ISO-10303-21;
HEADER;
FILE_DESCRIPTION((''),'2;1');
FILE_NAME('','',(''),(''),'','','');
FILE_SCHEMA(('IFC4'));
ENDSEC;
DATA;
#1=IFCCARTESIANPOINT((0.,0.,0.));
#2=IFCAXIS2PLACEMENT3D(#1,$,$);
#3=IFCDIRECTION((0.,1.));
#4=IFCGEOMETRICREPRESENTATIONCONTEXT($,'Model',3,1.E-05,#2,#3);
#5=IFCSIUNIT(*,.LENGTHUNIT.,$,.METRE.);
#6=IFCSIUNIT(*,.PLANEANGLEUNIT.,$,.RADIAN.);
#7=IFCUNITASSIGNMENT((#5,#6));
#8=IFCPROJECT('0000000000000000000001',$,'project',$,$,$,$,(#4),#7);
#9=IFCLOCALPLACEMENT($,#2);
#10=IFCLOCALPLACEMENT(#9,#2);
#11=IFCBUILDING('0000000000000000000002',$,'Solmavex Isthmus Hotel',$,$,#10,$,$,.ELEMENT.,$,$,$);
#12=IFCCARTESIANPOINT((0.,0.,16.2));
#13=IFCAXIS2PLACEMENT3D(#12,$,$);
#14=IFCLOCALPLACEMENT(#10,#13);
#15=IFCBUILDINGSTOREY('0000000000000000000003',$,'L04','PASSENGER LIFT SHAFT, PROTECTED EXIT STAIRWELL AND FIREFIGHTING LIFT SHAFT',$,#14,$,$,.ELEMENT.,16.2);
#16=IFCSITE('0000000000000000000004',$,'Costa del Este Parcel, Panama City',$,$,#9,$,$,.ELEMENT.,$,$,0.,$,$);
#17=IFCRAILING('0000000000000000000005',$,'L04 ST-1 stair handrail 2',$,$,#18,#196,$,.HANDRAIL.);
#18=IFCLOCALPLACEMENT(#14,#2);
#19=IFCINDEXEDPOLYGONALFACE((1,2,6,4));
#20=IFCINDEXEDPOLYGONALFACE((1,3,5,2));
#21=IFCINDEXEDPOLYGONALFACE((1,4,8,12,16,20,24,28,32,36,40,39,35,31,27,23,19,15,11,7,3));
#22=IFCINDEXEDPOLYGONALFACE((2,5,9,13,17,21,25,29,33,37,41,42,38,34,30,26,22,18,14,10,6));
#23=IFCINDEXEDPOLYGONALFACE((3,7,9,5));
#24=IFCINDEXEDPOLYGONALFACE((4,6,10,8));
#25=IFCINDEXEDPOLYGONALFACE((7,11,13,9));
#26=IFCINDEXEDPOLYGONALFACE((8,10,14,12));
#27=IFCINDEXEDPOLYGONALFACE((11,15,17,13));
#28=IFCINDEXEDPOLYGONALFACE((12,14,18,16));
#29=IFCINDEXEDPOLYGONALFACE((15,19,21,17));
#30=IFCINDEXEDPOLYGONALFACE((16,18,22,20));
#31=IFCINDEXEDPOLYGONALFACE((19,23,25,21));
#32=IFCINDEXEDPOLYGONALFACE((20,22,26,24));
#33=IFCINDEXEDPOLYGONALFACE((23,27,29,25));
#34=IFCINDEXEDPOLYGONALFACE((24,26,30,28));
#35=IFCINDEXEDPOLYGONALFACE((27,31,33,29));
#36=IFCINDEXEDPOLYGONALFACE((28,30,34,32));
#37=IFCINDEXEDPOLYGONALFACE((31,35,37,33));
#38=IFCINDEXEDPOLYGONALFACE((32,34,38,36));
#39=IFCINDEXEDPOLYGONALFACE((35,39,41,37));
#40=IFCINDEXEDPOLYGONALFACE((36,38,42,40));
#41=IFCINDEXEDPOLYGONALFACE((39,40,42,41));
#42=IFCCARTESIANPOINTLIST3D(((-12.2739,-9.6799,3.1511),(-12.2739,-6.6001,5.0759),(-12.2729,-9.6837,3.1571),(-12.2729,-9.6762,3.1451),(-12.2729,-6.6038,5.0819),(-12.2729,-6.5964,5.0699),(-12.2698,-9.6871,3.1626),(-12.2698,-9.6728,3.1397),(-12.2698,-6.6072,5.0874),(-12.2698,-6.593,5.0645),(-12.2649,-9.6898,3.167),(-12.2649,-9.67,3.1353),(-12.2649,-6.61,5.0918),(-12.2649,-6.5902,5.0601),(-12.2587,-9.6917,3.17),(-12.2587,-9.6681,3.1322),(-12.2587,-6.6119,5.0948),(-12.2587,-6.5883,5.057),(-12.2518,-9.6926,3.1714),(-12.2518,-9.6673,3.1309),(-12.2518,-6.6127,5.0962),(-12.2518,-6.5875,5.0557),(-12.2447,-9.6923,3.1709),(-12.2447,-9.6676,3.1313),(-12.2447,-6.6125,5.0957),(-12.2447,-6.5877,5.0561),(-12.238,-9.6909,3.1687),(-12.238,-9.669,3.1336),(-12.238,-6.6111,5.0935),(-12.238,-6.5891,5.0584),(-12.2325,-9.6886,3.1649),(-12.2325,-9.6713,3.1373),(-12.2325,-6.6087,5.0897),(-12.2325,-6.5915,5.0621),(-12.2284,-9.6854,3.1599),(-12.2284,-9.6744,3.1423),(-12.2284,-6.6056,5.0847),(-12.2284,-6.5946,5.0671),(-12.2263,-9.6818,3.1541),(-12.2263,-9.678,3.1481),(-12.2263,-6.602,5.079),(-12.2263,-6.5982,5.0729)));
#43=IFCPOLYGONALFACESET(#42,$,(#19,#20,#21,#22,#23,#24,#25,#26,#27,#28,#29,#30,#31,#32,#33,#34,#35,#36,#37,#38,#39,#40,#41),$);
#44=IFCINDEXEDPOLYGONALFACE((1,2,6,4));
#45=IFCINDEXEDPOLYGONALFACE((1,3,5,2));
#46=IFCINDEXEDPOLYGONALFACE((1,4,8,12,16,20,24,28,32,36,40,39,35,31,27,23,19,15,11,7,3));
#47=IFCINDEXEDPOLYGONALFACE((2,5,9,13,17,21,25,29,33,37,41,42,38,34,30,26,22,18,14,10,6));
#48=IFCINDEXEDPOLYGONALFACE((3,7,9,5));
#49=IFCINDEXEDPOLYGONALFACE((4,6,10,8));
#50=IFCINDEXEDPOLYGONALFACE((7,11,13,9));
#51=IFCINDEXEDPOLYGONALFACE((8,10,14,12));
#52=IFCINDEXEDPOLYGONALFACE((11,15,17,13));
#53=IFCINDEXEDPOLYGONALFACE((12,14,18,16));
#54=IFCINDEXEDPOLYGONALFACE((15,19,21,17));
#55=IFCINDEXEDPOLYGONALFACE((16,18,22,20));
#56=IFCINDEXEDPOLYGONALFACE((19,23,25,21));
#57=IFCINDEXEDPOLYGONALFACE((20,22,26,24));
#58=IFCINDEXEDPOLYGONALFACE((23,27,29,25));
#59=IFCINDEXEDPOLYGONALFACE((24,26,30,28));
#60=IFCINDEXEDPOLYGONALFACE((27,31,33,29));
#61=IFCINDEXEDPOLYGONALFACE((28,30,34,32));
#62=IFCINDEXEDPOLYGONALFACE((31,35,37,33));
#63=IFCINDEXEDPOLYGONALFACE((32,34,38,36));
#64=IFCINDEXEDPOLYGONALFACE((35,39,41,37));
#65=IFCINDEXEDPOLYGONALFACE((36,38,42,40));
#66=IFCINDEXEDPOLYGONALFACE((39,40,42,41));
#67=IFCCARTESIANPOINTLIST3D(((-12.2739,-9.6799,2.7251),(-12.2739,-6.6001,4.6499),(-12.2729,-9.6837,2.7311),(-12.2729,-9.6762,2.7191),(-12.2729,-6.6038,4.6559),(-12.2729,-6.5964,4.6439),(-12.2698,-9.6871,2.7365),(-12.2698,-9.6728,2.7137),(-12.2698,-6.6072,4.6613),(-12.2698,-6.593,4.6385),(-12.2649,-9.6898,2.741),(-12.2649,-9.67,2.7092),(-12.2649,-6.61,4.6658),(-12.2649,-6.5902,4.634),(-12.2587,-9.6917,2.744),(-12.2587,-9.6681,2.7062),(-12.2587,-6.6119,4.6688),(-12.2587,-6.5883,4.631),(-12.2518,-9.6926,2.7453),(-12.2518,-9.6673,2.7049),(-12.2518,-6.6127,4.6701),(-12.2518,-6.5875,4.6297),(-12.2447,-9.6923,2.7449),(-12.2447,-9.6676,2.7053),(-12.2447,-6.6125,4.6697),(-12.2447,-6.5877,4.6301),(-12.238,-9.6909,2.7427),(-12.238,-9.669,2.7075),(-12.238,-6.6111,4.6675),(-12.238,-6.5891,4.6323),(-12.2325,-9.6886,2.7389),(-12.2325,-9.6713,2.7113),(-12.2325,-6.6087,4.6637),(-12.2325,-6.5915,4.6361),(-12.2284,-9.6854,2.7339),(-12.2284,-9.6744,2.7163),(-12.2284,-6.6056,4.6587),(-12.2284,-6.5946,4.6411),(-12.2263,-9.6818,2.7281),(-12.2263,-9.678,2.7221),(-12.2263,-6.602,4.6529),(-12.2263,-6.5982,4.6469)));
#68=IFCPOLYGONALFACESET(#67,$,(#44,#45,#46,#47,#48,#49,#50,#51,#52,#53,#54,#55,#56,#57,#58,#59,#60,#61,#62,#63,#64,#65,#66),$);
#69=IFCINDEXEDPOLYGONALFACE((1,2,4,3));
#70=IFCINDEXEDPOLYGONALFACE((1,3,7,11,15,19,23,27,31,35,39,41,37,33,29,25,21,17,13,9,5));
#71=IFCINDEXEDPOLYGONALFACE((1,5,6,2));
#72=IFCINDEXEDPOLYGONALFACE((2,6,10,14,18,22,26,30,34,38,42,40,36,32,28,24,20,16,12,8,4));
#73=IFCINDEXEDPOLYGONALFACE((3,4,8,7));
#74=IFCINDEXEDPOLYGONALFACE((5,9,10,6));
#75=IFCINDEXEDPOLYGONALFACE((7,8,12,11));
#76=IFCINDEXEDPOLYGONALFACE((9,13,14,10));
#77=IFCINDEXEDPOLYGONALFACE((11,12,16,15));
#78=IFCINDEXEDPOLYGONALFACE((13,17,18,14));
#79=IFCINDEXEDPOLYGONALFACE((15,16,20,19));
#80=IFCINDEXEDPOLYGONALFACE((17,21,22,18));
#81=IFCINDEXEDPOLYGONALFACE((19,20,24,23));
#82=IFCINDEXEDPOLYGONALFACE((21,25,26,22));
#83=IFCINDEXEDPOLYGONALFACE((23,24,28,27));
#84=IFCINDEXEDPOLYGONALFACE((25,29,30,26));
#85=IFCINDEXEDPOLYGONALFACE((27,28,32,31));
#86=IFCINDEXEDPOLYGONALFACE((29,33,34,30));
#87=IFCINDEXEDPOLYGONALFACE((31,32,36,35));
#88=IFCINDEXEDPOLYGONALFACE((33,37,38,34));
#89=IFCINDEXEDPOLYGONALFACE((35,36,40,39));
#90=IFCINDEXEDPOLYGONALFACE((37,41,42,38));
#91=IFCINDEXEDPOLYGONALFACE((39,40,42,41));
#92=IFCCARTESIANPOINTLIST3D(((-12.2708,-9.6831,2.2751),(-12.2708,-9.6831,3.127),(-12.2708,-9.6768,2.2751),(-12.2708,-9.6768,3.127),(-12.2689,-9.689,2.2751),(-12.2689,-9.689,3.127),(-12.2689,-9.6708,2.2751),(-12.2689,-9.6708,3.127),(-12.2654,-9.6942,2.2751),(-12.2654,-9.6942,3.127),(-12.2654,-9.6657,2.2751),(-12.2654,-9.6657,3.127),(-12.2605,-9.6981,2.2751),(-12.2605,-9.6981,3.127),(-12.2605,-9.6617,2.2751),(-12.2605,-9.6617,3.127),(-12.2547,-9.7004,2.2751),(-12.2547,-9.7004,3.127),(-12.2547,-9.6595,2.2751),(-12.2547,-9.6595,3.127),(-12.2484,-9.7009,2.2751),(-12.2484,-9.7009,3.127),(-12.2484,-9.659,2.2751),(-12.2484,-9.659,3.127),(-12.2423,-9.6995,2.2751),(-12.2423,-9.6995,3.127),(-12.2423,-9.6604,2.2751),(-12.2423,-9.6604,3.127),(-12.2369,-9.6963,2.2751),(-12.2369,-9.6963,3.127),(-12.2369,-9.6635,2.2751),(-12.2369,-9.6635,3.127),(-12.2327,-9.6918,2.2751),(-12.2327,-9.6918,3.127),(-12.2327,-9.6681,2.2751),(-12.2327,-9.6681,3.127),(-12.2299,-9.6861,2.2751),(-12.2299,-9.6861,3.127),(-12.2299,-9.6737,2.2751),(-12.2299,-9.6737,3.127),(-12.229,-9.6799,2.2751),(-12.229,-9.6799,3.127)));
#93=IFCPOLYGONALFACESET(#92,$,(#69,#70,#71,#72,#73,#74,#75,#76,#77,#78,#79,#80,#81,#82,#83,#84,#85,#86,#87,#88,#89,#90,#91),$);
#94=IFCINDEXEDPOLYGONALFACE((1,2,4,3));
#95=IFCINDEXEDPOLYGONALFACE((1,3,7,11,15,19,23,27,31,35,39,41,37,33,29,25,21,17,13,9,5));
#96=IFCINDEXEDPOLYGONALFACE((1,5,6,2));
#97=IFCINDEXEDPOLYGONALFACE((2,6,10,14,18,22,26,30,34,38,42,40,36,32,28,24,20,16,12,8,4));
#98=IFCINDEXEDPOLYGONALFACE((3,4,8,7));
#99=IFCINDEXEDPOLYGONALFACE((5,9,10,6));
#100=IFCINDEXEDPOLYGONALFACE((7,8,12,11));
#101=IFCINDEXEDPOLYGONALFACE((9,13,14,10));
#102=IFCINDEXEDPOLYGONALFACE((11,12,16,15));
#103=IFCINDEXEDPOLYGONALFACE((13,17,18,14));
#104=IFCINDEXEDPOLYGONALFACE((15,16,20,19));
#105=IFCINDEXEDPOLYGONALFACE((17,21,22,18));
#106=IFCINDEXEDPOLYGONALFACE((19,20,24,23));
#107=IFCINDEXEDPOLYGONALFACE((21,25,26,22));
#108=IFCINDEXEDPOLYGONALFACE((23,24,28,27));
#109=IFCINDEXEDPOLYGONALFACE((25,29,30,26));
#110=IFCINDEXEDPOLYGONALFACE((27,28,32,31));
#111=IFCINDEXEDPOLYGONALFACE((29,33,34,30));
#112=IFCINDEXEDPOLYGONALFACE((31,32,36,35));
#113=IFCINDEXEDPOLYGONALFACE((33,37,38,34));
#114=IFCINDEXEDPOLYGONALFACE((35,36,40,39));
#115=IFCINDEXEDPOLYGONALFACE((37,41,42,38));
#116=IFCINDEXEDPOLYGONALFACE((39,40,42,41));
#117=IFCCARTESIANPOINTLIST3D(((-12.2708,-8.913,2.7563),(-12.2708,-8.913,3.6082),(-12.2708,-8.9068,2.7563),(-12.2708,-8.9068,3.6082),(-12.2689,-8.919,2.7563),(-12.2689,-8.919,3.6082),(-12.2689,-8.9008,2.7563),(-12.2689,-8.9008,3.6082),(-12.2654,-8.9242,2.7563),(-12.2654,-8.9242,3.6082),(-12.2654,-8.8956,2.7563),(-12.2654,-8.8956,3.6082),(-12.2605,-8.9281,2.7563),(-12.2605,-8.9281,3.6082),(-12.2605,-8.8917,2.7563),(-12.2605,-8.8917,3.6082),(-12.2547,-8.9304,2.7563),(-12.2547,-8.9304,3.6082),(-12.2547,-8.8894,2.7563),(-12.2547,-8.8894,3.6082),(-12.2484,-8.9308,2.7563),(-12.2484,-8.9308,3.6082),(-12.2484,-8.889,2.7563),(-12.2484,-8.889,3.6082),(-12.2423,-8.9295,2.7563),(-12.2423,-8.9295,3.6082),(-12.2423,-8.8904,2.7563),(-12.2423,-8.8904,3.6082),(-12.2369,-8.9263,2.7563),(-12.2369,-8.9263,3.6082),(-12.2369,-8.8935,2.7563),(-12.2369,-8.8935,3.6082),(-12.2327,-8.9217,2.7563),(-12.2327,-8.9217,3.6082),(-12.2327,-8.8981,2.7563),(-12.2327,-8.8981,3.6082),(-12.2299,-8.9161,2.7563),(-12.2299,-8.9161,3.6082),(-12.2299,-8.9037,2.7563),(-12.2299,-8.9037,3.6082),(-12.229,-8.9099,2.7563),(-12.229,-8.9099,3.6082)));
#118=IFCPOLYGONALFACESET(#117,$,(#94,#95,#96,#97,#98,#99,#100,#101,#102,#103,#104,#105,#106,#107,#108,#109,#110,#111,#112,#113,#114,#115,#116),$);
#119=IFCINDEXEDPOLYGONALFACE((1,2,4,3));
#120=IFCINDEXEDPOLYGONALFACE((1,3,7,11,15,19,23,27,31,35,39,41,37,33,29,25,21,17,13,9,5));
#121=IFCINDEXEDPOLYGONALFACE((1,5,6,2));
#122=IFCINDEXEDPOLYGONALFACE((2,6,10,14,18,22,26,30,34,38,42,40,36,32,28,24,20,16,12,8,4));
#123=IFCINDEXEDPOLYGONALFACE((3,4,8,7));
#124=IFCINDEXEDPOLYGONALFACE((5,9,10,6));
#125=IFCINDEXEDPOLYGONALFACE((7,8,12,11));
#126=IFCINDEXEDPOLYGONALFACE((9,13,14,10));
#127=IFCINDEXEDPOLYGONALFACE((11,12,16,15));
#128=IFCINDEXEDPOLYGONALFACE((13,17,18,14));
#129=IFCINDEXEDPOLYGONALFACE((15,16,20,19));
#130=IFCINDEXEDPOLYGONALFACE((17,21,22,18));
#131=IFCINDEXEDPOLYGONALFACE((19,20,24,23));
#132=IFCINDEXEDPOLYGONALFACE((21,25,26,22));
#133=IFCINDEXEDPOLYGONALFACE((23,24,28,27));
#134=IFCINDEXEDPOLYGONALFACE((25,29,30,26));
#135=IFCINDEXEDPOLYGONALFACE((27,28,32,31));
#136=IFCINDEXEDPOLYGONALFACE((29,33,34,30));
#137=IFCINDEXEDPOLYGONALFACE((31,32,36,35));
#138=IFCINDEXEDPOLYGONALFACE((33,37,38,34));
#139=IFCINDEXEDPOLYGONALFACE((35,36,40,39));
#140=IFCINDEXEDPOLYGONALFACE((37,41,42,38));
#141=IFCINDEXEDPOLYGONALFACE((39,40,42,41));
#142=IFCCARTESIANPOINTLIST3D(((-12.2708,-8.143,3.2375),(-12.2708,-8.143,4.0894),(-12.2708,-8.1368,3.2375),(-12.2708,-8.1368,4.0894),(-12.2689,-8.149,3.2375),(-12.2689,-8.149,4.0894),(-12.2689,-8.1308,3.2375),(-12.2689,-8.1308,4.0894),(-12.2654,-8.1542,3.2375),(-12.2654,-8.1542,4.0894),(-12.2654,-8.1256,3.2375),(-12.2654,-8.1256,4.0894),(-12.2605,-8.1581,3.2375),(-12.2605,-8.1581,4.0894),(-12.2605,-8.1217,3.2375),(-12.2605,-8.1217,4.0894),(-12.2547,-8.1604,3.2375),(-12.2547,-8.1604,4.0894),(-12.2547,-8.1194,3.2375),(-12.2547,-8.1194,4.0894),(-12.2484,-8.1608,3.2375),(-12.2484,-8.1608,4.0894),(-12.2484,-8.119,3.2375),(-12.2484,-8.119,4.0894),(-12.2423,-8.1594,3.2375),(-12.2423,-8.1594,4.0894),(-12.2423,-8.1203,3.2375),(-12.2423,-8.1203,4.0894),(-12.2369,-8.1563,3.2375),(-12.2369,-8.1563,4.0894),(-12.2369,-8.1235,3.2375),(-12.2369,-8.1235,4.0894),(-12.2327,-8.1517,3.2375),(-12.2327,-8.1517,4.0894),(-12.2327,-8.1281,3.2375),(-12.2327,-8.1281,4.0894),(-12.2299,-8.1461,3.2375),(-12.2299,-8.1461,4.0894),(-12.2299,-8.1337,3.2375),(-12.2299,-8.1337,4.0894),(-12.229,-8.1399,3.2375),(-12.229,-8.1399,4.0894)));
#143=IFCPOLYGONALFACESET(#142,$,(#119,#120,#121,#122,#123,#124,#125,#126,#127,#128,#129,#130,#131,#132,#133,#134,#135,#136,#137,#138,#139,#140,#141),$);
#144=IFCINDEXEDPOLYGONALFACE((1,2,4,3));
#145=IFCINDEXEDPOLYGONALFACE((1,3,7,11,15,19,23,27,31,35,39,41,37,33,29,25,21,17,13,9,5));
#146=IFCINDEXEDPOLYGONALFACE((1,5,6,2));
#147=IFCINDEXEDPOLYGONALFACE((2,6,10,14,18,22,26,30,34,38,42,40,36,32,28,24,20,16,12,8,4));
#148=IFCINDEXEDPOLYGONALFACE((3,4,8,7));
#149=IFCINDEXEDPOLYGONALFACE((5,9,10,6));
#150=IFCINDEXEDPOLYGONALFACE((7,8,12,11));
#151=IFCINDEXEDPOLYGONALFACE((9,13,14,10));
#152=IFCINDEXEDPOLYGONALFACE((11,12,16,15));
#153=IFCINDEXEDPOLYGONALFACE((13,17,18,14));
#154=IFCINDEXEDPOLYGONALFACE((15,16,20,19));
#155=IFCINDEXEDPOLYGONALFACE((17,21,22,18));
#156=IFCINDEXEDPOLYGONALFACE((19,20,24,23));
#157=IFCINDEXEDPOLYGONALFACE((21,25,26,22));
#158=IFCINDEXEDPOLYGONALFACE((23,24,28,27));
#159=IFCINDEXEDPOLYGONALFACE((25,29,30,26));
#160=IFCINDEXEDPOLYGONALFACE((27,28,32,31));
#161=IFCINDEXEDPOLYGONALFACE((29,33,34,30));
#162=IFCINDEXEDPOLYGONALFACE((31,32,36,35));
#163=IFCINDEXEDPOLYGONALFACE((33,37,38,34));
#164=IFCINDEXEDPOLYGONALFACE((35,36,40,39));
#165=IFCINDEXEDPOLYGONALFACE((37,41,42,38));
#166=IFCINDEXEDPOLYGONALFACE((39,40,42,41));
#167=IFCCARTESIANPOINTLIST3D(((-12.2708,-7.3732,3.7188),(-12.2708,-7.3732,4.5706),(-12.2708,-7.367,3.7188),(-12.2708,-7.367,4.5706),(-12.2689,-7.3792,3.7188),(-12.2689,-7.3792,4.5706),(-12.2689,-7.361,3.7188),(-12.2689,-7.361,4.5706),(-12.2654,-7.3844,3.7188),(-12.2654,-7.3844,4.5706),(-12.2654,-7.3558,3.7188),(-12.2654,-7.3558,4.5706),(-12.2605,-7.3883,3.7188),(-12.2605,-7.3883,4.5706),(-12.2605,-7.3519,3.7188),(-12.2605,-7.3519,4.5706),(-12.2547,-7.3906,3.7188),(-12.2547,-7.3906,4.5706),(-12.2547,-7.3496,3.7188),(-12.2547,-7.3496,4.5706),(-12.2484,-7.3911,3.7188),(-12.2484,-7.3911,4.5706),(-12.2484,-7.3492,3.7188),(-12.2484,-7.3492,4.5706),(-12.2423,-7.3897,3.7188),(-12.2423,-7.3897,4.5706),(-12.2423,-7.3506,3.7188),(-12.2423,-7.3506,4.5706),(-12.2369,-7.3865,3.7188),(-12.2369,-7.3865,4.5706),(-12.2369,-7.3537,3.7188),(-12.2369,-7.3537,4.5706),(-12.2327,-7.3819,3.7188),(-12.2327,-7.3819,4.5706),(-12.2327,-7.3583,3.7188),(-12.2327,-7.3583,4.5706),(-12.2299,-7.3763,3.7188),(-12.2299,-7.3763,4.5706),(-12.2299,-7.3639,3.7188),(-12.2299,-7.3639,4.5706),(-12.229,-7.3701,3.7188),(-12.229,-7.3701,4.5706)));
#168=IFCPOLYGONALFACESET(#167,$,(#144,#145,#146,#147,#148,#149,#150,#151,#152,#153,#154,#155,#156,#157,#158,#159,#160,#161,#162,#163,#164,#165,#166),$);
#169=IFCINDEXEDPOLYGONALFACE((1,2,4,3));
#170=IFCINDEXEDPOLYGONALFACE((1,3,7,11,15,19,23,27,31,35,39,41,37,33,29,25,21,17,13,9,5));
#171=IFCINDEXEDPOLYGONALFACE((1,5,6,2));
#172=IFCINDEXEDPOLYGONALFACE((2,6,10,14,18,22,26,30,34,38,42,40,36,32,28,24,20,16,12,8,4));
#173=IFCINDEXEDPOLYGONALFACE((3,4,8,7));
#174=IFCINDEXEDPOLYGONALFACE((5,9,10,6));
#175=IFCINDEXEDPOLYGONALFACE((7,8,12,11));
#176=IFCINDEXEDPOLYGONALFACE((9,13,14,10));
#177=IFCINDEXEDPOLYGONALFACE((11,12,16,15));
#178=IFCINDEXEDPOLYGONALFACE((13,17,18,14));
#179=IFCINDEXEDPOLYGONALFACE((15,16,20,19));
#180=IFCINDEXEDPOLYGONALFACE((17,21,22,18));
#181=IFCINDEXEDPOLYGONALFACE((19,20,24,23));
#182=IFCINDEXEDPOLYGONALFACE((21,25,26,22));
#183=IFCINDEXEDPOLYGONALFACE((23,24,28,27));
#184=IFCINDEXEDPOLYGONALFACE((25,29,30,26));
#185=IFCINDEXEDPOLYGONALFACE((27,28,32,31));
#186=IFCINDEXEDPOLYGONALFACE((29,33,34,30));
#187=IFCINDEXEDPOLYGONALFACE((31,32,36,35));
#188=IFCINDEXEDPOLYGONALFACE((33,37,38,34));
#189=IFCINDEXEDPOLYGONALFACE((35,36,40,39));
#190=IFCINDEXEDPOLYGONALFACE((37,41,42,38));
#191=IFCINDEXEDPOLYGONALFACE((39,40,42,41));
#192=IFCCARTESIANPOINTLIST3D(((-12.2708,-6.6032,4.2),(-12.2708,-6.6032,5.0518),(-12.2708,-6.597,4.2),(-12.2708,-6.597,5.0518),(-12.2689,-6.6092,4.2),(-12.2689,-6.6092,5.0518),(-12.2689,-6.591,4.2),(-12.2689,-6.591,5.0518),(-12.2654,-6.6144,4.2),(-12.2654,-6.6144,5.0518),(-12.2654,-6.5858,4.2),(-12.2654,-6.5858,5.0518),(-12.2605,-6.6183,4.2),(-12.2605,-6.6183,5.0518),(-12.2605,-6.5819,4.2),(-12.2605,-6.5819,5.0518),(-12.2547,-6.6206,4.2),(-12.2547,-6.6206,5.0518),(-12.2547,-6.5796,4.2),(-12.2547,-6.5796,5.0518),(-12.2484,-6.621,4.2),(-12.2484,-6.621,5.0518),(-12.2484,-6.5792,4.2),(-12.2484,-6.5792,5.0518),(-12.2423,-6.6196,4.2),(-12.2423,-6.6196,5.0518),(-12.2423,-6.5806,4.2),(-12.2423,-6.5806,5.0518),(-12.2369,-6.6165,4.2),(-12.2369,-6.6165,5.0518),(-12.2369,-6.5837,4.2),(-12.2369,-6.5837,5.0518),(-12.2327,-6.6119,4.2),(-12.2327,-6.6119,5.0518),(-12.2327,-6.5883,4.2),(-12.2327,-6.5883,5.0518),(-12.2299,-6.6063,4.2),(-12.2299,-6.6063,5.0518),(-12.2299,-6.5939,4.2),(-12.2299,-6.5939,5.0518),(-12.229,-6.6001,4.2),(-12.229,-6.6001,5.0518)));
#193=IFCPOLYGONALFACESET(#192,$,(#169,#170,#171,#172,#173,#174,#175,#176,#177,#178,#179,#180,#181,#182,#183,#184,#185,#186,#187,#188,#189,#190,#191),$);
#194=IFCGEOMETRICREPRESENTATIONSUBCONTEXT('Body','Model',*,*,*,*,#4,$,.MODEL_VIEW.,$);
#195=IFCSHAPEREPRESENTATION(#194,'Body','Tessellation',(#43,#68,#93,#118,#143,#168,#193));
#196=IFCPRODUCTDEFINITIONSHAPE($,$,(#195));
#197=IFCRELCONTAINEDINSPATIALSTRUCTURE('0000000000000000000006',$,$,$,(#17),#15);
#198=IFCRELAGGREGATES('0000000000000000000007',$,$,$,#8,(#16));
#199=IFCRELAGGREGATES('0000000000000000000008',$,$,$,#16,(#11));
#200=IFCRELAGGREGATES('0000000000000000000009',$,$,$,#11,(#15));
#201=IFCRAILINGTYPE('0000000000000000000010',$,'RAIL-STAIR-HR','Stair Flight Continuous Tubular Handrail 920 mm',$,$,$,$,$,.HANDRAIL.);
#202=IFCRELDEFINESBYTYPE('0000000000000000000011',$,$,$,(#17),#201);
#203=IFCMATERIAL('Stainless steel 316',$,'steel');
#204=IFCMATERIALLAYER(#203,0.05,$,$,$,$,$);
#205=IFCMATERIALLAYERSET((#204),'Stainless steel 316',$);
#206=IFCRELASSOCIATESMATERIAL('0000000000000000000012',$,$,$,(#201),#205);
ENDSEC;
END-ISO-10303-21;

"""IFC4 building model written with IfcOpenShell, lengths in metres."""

from ifc_helpers import new_model, si_unit, direction, frame, origin, origin_2d, place, context, subcontext, project, spatial, circle, extrude, material, layer, layer_set, type_object, element, save


model = new_model("IFC4")

# Units and contexts
model_context = context("Model", 3, precision=1e-05, world=origin(), true_north=direction((0.0, 1.0)))
body_context = subcontext(model_context, "Body", "Model", "MODEL_VIEW")
ifc_project = project(units=[si_unit("LENGTHUNIT", "METRE"), si_unit("PLANEANGLEUNIT", "RADIAN")], contexts=[model_context])

# Site, building, storey
site_placement = place(None, origin())
site = spatial("IfcSite", under=ifc_project, at=site_placement, Name="Costa del Este Parcel, Panama City", CompositionType="ELEMENT", RefElevation=0.0)
building_placement = place(site_placement, origin())
building = spatial("IfcBuilding", under=site, at=building_placement, Name="Solmavex Isthmus Hotel", CompositionType="ELEMENT")
storey_placement = place(building_placement, frame((0.0, 0.0, 16.2)))
storey = spatial("IfcBuildingStorey", under=building, at=storey_placement, Name="L04", Description="PASSENGER LIFT SHAFT, PROTECTED EXIT STAIRWELL AND FIREFIGHTING LIFT SHAFT", CompositionType="ELEMENT", Elevation=16.2)

# Shared definitions
ifc_material_1 = material(Name="Stainless steel 316", Category="steel")

# Railing
ifc_layer_1 = layer(ifc_material_1, 0.05)
ifc_layer_set_1 = layer_set([ifc_layer_1], Name="Stainless steel 316")
railing_type_1 = type_object("IfcRailingType", Name="RAIL-STAIR-HR", Description="Stair Flight Continuous Tubular Handrail 920 mm", PredefinedType="HANDRAIL", material=ifc_layer_set_1)
railing_1_placement = place(storey_placement, frame((-12.25, -9.6799, 2.2751)))
element("IfcRailing", 1, at=railing_1_placement, inside=storey, type_object=railing_type_1, Name="L04 ST-1 stair handrail 2", PredefinedType="HANDRAIL", context=body_context, shape_type="SweptSolid", body=[
    extrude(circle(Radius=0.0239, at=origin_2d()), frame((0.0, 0.0, 0.876), z_axis=(0.0, 0.84801, 0.529981), x_axis=(-1.0, 0.0, 0.0)), (0.0, 0.0, 1.0), 3.6318),
    extrude(circle(Radius=0.0239, at=origin_2d()), frame((0.0, 0.0, 0.45), z_axis=(0.0, 0.84801, 0.529981), x_axis=(-1.0, 0.0, 0.0)), (0.0, 0.0, 1.0), 3.6318),
    extrude(circle(Radius=0.021, at=origin_2d()), origin(), (0.0, 0.0, 1.0), 0.8518),
    extrude(circle(Radius=0.021, at=origin_2d()), frame((0.0, 0.77, 0.4812)), (0.0, 0.0, 1.0), 0.8518),
    extrude(circle(Radius=0.021, at=origin_2d()), frame((0.0, 1.54, 0.9624)), (0.0, 0.0, 1.0), 0.8518),
    extrude(circle(Radius=0.021, at=origin_2d()), frame((0.0, 2.3098, 1.4436)), (0.0, 0.0, 1.0), 0.8518),
    extrude(circle(Radius=0.021, at=origin_2d()), frame((0.0, 3.0798, 1.9248)), (0.0, 0.0, 1.0), 0.8518),
])

save(model, "model.ifc")
